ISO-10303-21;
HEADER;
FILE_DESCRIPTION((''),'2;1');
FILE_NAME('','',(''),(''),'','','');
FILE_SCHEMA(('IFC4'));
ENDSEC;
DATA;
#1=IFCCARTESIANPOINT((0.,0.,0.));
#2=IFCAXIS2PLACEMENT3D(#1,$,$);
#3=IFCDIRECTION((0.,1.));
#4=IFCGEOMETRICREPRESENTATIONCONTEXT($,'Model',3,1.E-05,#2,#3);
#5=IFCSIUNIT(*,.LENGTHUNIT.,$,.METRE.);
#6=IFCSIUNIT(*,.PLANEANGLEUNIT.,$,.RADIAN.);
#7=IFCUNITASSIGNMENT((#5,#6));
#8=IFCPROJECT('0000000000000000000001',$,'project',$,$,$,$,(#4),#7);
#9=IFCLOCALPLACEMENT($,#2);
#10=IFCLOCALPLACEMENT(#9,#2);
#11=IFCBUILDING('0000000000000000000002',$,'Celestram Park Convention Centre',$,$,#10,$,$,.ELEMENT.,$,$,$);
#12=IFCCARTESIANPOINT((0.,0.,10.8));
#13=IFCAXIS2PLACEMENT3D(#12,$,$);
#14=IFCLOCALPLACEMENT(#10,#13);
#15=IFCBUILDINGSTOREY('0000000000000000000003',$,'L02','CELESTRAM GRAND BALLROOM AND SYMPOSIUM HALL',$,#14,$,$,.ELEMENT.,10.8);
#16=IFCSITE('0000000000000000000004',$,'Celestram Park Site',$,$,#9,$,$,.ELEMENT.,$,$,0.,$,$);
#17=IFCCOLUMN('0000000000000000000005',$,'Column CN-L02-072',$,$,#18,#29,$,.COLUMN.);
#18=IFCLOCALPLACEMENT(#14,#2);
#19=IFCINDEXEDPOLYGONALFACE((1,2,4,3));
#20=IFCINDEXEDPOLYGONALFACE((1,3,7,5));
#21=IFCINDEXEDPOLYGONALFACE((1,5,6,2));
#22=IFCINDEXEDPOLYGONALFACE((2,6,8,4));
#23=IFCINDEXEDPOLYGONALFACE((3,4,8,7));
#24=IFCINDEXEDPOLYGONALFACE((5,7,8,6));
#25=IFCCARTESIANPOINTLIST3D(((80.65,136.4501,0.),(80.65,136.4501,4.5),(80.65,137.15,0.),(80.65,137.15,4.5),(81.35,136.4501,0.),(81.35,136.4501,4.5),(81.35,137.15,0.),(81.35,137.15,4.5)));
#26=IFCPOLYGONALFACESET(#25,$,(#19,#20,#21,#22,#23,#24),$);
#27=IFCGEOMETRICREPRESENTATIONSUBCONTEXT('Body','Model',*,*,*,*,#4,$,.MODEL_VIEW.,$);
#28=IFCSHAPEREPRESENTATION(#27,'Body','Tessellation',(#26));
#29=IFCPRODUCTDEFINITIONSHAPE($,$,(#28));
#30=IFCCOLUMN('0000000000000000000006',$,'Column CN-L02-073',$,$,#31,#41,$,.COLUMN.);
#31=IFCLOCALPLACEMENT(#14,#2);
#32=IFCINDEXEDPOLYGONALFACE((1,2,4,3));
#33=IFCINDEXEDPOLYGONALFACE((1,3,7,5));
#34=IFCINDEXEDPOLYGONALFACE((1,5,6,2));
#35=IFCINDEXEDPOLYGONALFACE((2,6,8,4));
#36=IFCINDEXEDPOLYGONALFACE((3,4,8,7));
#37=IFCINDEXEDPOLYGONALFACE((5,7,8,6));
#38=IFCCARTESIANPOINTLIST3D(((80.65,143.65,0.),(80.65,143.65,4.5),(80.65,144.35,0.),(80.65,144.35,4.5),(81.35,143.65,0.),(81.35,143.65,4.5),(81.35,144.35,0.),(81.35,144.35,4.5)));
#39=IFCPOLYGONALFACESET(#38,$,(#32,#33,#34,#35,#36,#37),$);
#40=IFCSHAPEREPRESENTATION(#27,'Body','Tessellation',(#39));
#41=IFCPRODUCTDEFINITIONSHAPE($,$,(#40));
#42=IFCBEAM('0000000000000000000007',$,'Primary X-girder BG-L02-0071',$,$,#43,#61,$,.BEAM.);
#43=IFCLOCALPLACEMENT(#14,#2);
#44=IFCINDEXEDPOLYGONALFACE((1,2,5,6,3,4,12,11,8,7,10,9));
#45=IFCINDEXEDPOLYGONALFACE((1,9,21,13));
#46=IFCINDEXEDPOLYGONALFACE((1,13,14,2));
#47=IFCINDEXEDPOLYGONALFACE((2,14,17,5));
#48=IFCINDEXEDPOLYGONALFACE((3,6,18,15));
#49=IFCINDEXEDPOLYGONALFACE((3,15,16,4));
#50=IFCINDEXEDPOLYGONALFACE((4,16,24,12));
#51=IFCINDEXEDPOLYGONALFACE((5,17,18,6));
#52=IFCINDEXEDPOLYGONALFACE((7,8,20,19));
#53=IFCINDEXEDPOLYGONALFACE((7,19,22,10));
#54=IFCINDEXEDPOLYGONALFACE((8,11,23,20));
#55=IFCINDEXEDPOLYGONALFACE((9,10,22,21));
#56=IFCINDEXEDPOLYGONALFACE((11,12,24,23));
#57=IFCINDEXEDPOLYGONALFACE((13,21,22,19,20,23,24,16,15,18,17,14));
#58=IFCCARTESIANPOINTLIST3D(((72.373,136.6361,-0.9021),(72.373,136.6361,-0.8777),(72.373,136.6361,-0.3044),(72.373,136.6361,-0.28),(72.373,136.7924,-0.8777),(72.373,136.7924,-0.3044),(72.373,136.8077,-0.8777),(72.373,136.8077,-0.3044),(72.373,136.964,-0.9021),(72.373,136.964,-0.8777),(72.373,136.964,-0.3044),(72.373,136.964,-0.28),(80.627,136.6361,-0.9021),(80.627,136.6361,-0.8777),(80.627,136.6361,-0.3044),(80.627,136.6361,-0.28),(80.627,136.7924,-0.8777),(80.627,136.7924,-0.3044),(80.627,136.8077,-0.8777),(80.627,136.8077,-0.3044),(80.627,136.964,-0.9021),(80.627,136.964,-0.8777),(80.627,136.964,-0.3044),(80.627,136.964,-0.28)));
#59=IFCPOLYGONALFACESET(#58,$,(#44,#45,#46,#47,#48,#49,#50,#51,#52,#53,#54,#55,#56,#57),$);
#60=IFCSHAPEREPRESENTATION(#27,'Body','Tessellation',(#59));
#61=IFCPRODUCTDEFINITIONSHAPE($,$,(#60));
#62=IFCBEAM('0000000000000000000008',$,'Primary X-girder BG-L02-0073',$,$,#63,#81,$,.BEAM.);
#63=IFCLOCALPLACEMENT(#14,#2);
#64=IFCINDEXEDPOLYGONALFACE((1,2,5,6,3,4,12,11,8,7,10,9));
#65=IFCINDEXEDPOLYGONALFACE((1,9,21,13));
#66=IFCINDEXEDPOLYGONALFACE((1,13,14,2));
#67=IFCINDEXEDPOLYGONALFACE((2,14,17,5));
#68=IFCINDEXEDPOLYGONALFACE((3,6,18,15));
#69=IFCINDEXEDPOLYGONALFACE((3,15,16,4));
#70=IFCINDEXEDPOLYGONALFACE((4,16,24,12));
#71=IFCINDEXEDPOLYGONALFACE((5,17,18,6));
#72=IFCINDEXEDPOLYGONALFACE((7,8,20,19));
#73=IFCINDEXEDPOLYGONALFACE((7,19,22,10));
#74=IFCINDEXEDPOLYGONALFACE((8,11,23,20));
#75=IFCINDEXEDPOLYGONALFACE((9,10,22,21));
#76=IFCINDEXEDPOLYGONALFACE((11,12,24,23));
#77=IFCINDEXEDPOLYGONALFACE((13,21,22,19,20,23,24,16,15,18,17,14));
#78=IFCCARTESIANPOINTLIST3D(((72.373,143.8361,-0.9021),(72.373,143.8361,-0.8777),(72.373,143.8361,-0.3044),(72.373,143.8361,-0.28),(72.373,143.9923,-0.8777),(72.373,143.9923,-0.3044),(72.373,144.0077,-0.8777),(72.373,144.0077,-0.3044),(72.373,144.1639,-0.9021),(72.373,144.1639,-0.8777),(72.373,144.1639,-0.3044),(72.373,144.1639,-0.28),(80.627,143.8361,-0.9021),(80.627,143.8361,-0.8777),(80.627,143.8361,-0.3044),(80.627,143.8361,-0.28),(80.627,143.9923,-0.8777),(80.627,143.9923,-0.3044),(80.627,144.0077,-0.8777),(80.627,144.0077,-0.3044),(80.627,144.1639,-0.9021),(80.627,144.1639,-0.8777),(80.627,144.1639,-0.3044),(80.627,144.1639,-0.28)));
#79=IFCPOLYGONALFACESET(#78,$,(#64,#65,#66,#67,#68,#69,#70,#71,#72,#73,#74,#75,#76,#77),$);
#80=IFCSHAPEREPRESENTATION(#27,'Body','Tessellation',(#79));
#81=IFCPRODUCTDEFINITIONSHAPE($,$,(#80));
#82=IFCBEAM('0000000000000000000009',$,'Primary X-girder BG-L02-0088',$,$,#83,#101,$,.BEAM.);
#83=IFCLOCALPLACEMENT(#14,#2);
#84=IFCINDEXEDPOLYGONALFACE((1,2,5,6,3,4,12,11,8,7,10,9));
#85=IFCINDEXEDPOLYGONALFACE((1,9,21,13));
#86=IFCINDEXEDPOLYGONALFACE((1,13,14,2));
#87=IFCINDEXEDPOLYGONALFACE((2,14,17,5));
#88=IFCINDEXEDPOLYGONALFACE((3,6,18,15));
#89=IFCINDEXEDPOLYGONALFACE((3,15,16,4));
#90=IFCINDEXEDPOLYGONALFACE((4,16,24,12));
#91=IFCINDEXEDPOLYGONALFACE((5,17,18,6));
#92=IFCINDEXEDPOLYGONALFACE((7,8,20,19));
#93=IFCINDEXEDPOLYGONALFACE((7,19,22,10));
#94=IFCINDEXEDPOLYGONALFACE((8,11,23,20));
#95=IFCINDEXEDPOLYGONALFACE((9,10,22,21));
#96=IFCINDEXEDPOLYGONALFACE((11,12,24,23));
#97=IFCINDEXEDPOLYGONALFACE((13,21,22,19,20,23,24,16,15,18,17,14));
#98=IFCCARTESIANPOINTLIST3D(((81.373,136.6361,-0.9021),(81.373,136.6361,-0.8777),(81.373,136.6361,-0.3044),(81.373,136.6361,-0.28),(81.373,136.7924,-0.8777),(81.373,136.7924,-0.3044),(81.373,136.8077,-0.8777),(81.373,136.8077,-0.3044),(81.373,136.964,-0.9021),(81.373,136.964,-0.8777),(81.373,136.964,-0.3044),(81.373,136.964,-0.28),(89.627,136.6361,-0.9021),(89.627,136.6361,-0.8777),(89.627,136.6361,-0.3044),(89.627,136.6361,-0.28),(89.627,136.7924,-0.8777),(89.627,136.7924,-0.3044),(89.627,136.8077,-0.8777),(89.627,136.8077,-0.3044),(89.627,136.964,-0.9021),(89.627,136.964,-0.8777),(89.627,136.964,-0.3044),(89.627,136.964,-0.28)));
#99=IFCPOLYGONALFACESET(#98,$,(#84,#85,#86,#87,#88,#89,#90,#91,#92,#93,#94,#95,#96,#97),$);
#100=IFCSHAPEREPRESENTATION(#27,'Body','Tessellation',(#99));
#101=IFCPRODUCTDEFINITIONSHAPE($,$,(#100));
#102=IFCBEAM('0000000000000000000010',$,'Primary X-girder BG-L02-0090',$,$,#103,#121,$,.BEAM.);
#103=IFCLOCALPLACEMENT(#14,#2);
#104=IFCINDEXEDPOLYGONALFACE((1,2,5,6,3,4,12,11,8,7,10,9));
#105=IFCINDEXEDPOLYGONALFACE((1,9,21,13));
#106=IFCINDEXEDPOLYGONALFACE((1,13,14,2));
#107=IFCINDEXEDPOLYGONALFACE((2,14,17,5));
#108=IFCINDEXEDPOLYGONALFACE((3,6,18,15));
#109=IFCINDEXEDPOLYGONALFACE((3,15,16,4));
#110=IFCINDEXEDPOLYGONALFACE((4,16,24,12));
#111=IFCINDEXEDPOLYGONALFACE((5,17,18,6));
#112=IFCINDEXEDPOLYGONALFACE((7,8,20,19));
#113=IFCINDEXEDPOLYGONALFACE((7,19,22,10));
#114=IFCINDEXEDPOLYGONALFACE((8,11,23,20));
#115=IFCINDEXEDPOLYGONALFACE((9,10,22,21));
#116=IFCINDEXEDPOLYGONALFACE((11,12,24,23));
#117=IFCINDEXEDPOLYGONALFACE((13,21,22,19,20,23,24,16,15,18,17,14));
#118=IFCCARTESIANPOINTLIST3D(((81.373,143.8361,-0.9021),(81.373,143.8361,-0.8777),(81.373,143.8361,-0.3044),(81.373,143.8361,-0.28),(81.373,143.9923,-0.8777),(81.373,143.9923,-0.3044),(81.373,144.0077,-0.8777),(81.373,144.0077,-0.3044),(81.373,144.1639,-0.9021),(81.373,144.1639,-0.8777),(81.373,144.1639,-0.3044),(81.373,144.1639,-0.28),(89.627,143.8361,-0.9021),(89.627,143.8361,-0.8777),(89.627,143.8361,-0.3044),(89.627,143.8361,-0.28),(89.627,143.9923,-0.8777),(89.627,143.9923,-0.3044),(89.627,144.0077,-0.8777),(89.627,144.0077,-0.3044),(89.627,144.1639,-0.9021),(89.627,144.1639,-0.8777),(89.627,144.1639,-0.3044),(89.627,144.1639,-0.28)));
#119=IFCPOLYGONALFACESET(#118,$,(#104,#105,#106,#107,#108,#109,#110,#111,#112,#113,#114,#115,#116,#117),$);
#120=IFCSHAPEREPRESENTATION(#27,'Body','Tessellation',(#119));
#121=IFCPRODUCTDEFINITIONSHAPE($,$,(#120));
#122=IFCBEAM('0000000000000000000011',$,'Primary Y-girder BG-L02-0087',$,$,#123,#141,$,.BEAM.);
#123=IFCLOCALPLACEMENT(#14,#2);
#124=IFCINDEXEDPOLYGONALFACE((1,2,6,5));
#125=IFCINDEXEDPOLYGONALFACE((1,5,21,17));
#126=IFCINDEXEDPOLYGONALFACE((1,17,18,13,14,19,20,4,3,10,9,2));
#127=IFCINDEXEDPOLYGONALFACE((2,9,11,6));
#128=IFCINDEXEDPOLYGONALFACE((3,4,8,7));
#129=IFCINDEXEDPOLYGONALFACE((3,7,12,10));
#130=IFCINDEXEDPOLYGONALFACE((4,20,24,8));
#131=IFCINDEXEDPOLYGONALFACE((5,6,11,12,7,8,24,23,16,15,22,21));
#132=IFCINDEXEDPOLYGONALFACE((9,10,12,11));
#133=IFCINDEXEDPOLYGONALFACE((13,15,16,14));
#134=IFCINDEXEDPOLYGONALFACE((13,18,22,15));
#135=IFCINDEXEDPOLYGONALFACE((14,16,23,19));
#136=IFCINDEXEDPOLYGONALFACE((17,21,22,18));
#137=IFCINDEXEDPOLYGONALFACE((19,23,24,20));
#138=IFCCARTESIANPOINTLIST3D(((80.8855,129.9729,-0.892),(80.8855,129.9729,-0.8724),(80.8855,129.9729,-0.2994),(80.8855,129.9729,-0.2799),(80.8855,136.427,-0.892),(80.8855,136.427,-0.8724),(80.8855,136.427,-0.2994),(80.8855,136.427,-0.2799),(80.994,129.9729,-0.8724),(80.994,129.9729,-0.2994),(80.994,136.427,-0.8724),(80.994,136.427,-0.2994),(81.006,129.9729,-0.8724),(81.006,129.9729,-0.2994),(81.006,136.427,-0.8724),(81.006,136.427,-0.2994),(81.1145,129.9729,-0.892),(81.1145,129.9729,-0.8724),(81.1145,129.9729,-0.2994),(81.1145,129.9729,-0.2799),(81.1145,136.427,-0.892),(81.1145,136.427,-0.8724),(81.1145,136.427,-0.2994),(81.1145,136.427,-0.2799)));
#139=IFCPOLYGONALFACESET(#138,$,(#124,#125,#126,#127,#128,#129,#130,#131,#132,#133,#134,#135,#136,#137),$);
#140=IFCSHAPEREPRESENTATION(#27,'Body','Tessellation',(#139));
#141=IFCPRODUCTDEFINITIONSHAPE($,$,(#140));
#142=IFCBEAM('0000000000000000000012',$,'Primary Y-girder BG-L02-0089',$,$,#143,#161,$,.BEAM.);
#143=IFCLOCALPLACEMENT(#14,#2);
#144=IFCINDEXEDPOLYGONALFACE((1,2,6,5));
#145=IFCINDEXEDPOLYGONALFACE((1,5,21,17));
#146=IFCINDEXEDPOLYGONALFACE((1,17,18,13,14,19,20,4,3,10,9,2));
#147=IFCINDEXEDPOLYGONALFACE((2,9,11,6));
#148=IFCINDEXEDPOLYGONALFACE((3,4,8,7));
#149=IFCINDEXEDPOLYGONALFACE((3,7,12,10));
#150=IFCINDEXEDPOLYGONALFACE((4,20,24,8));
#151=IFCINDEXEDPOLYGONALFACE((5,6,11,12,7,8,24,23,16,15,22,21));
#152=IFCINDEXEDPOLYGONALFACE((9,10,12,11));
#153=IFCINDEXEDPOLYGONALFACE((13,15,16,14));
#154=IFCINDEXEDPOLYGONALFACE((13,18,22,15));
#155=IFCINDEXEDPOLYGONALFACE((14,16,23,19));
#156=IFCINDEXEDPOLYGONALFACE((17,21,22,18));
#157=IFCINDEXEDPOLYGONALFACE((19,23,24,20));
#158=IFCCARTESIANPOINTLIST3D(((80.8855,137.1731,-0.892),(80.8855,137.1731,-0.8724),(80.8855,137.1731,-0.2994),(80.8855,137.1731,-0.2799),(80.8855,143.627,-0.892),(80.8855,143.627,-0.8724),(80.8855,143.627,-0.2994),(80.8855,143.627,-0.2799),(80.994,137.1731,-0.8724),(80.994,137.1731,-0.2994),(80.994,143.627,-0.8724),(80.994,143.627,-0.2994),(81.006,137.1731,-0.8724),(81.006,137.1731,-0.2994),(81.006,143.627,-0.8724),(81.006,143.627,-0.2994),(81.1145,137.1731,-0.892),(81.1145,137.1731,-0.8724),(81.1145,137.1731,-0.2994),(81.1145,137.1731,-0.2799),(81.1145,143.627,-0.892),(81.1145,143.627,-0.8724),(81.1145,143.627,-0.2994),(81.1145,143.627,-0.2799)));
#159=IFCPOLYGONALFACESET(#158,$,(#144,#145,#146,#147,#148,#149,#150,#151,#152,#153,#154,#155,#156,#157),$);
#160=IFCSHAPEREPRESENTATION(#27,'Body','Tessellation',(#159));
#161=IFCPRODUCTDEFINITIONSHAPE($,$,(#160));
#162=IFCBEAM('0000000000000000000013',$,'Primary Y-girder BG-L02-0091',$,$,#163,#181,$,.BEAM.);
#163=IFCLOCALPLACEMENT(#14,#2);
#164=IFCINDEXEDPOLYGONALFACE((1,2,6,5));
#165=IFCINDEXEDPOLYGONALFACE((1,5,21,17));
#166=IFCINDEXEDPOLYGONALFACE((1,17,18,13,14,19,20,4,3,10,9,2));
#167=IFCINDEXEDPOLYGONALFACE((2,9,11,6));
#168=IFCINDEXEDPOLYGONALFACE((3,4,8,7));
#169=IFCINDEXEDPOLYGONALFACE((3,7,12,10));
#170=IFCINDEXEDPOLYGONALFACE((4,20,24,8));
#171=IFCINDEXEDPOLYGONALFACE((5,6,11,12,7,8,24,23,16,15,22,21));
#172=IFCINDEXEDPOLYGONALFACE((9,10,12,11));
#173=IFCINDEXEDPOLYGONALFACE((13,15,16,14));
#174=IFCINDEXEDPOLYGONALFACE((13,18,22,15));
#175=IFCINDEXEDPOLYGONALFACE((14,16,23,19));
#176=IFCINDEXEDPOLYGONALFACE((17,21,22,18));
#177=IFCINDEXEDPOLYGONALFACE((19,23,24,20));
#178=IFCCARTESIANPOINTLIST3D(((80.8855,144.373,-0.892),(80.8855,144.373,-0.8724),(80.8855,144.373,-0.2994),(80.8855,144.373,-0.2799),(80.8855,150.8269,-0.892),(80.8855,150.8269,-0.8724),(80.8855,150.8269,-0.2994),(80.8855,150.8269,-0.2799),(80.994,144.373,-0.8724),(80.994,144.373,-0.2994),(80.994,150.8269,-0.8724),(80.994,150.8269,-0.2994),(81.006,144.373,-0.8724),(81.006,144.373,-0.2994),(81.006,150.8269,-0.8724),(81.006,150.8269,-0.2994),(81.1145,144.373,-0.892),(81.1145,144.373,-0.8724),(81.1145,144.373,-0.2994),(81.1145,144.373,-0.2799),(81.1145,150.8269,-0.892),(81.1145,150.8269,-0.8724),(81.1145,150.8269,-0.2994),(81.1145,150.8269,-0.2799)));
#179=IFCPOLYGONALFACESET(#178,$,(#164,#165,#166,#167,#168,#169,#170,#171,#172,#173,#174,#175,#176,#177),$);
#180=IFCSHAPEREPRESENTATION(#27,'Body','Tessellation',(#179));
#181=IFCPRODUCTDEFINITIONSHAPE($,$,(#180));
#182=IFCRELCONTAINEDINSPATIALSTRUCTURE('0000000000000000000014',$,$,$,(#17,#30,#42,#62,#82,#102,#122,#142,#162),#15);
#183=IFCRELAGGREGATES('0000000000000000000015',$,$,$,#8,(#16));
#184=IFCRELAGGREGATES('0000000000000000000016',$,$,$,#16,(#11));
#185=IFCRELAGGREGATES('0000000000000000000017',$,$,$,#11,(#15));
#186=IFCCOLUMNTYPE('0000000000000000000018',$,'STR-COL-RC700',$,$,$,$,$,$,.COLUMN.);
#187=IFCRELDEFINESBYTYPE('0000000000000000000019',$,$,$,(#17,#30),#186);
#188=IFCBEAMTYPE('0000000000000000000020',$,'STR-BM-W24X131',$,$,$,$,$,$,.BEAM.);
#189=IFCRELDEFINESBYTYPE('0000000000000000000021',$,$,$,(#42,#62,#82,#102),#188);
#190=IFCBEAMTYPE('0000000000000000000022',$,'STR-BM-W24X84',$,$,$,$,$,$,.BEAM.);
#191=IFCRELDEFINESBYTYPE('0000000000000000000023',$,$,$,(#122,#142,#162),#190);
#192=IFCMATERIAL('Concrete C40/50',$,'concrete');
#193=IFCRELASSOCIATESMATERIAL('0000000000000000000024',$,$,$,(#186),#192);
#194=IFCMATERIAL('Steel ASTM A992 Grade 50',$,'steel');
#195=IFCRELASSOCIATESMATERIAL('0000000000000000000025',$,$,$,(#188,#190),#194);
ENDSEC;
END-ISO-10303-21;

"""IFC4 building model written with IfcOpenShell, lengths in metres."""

from ifc_helpers import new_model, si_unit, direction, frame, origin, origin_2d, place, context, subcontext, project, spatial, rectangle, i_section, extrude, material, material_profile, profile_set, type_object, element, save


model = new_model("IFC4")

# Units and contexts
model_context = context("Model", 3, precision=1e-05, world=origin(), true_north=direction((0.0, 1.0)))
body_context = subcontext(model_context, "Body", "Model", "MODEL_VIEW")
ifc_project = project(units=[si_unit("LENGTHUNIT", "METRE"), si_unit("PLANEANGLEUNIT", "RADIAN")], contexts=[model_context])

# Site, building, storey
site_placement = place(None, origin())
site = spatial("IfcSite", under=ifc_project, at=site_placement, Name="Celestram Park Site", CompositionType="ELEMENT", RefElevation=0.0)
building_placement = place(site_placement, origin())
building = spatial("IfcBuilding", under=site, at=building_placement, Name="Celestram Park Convention Centre", CompositionType="ELEMENT")
storey_placement = place(building_placement, frame((0.0, 0.0, 10.8)))
storey = spatial("IfcBuildingStorey", under=building, at=storey_placement, Name="L02", Description="CELESTRAM GRAND BALLROOM AND SYMPOSIUM HALL", CompositionType="ELEMENT", Elevation=10.8)

# Columns
ifc_material_1 = material(Name="Concrete C40/50", Category="concrete")
ifc_material_profile_1 = material_profile(ifc_material_1, rectangle(XDim=0.7, YDim=0.7, at=origin_2d()), Name="RC700X700")
ifc_profile_set_1 = profile_set([ifc_material_profile_1], Name="Concrete C40/50")
column_type = type_object("IfcColumnType", Name="STR-COL-RC700", PredefinedType="COLUMN", material=ifc_profile_set_1)
for number, where, z_axis, x_axis, name in (
    (1, (81.0, 136.8, 0.0), (0.0, 0.0, 1.0), (1.0, 0.0, 0.0), "Column CN-L02-072"),
    (2, (81.0, 144.0, 0.0), (0.0, 0.0, 1.0), (1.0, 0.0, 0.0), "Column CN-L02-073"),
):
    element("IfcColumn", number, at=place(storey_placement, frame(where, z_axis=z_axis, x_axis=x_axis)), inside=storey, type_object=column_type, Name=name, PredefinedType="COLUMN", context=body_context, shape_type="SweptSolid", body=[
        extrude(rectangle(XDim=0.7, YDim=0.7, at=origin_2d()), origin(), (0.0, 0.0, 1.0), 4.5),
    ])

# Beams
ifc_material_2 = material(Name="Steel ASTM A992 Grade 50", Category="steel")
ifc_material_profile_2 = material_profile(ifc_material_2, i_section(OverallWidth=0.3279, OverallDepth=0.6221, WebThickness=0.0154, FlangeThickness=0.0244, at=origin_2d()), Name="W24X131")
ifc_profile_set_2 = profile_set([ifc_material_profile_2], Name="Steel ASTM A992 Grade 50")
beam_type_1 = type_object("IfcBeamType", Name="STR-BM-W24X131", PredefinedType="BEAM", material=ifc_profile_set_2)
for number, where, z_axis, x_axis, name in (
    (3, (72.373, 136.8, -0.5911), (1.0, 0.0, 0.0), (0.0, 1.0, 0.0), "Primary X-girder BG-L02-0071"),
    (4, (72.373, 144.0, -0.5911), (1.0, 0.0, 0.0), (0.0, 1.0, 0.0), "Primary X-girder BG-L02-0073"),
    (5, (81.373, 136.8, -0.5911), (1.0, 0.0, 0.0), (0.0, 1.0, 0.0), "Primary X-girder BG-L02-0088"),
    (6, (81.373, 144.0, -0.5911), (1.0, 0.0, 0.0), (0.0, 1.0, 0.0), "Primary X-girder BG-L02-0090"),
):
    element("IfcBeam", number, at=place(storey_placement, frame(where, z_axis=z_axis, x_axis=x_axis)), inside=storey, type_object=beam_type_1, Name=name, PredefinedType="BEAM", context=body_context, shape_type="SweptSolid", body=[
        extrude(i_section(OverallWidth=0.3279, OverallDepth=0.6221, WebThickness=0.0154, FlangeThickness=0.0244, at=origin_2d()), origin(), (0.0, 0.0, 1.0), 8.2539),
    ])
ifc_material_profile_3 = material_profile(ifc_material_2, i_section(OverallWidth=0.229, OverallDepth=0.6121, WebThickness=0.012, FlangeThickness=0.0195, at=origin_2d()), Name="W24X84")
ifc_profile_set_3 = profile_set([ifc_material_profile_3], Name="Steel ASTM A992 Grade 50")
beam_type_2 = type_object("IfcBeamType", Name="STR-BM-W24X84", PredefinedType="BEAM", material=ifc_profile_set_3)
beam_placement = place(storey_placement, frame((81.0, 129.9729, -0.5859), z_axis=(0.0, 1.0, 0.0), x_axis=(-1.0, 0.0, 0.0)))
element("IfcBeam", 7, at=beam_placement, inside=storey, type_object=beam_type_2, Name="Primary Y-girder BG-L02-0087", PredefinedType="BEAM", context=body_context, shape_type="SweptSolid", body=[
    extrude(i_section(OverallWidth=0.229, OverallDepth=0.6121, WebThickness=0.012, FlangeThickness=0.0195, at=origin_2d()), origin(), (0.0, 0.0, 1.0), 6.4541),
])
for number, where, z_axis, x_axis, name in (
    (8, (81.0, 137.1731, -0.5859), (0.0, 1.0, 0.0), (-1.0, 0.0, 0.0), "Primary Y-girder BG-L02-0089"),
    (9, (81.0, 144.373, -0.5859), (0.0, 1.0, 0.0), (-1.0, 0.0, 0.0), "Primary Y-girder BG-L02-0091"),
):
    element("IfcBeam", number, at=place(storey_placement, frame(where, z_axis=z_axis, x_axis=x_axis)), inside=storey, type_object=beam_type_2, Name=name, PredefinedType="BEAM", context=body_context, shape_type="SweptSolid", body=[
        extrude(i_section(OverallWidth=0.229, OverallDepth=0.6121, WebThickness=0.012, FlangeThickness=0.0195, at=origin_2d()), origin(), (0.0, 0.0, 1.0), 6.4539),
    ])

save(model, "model.ifc")
